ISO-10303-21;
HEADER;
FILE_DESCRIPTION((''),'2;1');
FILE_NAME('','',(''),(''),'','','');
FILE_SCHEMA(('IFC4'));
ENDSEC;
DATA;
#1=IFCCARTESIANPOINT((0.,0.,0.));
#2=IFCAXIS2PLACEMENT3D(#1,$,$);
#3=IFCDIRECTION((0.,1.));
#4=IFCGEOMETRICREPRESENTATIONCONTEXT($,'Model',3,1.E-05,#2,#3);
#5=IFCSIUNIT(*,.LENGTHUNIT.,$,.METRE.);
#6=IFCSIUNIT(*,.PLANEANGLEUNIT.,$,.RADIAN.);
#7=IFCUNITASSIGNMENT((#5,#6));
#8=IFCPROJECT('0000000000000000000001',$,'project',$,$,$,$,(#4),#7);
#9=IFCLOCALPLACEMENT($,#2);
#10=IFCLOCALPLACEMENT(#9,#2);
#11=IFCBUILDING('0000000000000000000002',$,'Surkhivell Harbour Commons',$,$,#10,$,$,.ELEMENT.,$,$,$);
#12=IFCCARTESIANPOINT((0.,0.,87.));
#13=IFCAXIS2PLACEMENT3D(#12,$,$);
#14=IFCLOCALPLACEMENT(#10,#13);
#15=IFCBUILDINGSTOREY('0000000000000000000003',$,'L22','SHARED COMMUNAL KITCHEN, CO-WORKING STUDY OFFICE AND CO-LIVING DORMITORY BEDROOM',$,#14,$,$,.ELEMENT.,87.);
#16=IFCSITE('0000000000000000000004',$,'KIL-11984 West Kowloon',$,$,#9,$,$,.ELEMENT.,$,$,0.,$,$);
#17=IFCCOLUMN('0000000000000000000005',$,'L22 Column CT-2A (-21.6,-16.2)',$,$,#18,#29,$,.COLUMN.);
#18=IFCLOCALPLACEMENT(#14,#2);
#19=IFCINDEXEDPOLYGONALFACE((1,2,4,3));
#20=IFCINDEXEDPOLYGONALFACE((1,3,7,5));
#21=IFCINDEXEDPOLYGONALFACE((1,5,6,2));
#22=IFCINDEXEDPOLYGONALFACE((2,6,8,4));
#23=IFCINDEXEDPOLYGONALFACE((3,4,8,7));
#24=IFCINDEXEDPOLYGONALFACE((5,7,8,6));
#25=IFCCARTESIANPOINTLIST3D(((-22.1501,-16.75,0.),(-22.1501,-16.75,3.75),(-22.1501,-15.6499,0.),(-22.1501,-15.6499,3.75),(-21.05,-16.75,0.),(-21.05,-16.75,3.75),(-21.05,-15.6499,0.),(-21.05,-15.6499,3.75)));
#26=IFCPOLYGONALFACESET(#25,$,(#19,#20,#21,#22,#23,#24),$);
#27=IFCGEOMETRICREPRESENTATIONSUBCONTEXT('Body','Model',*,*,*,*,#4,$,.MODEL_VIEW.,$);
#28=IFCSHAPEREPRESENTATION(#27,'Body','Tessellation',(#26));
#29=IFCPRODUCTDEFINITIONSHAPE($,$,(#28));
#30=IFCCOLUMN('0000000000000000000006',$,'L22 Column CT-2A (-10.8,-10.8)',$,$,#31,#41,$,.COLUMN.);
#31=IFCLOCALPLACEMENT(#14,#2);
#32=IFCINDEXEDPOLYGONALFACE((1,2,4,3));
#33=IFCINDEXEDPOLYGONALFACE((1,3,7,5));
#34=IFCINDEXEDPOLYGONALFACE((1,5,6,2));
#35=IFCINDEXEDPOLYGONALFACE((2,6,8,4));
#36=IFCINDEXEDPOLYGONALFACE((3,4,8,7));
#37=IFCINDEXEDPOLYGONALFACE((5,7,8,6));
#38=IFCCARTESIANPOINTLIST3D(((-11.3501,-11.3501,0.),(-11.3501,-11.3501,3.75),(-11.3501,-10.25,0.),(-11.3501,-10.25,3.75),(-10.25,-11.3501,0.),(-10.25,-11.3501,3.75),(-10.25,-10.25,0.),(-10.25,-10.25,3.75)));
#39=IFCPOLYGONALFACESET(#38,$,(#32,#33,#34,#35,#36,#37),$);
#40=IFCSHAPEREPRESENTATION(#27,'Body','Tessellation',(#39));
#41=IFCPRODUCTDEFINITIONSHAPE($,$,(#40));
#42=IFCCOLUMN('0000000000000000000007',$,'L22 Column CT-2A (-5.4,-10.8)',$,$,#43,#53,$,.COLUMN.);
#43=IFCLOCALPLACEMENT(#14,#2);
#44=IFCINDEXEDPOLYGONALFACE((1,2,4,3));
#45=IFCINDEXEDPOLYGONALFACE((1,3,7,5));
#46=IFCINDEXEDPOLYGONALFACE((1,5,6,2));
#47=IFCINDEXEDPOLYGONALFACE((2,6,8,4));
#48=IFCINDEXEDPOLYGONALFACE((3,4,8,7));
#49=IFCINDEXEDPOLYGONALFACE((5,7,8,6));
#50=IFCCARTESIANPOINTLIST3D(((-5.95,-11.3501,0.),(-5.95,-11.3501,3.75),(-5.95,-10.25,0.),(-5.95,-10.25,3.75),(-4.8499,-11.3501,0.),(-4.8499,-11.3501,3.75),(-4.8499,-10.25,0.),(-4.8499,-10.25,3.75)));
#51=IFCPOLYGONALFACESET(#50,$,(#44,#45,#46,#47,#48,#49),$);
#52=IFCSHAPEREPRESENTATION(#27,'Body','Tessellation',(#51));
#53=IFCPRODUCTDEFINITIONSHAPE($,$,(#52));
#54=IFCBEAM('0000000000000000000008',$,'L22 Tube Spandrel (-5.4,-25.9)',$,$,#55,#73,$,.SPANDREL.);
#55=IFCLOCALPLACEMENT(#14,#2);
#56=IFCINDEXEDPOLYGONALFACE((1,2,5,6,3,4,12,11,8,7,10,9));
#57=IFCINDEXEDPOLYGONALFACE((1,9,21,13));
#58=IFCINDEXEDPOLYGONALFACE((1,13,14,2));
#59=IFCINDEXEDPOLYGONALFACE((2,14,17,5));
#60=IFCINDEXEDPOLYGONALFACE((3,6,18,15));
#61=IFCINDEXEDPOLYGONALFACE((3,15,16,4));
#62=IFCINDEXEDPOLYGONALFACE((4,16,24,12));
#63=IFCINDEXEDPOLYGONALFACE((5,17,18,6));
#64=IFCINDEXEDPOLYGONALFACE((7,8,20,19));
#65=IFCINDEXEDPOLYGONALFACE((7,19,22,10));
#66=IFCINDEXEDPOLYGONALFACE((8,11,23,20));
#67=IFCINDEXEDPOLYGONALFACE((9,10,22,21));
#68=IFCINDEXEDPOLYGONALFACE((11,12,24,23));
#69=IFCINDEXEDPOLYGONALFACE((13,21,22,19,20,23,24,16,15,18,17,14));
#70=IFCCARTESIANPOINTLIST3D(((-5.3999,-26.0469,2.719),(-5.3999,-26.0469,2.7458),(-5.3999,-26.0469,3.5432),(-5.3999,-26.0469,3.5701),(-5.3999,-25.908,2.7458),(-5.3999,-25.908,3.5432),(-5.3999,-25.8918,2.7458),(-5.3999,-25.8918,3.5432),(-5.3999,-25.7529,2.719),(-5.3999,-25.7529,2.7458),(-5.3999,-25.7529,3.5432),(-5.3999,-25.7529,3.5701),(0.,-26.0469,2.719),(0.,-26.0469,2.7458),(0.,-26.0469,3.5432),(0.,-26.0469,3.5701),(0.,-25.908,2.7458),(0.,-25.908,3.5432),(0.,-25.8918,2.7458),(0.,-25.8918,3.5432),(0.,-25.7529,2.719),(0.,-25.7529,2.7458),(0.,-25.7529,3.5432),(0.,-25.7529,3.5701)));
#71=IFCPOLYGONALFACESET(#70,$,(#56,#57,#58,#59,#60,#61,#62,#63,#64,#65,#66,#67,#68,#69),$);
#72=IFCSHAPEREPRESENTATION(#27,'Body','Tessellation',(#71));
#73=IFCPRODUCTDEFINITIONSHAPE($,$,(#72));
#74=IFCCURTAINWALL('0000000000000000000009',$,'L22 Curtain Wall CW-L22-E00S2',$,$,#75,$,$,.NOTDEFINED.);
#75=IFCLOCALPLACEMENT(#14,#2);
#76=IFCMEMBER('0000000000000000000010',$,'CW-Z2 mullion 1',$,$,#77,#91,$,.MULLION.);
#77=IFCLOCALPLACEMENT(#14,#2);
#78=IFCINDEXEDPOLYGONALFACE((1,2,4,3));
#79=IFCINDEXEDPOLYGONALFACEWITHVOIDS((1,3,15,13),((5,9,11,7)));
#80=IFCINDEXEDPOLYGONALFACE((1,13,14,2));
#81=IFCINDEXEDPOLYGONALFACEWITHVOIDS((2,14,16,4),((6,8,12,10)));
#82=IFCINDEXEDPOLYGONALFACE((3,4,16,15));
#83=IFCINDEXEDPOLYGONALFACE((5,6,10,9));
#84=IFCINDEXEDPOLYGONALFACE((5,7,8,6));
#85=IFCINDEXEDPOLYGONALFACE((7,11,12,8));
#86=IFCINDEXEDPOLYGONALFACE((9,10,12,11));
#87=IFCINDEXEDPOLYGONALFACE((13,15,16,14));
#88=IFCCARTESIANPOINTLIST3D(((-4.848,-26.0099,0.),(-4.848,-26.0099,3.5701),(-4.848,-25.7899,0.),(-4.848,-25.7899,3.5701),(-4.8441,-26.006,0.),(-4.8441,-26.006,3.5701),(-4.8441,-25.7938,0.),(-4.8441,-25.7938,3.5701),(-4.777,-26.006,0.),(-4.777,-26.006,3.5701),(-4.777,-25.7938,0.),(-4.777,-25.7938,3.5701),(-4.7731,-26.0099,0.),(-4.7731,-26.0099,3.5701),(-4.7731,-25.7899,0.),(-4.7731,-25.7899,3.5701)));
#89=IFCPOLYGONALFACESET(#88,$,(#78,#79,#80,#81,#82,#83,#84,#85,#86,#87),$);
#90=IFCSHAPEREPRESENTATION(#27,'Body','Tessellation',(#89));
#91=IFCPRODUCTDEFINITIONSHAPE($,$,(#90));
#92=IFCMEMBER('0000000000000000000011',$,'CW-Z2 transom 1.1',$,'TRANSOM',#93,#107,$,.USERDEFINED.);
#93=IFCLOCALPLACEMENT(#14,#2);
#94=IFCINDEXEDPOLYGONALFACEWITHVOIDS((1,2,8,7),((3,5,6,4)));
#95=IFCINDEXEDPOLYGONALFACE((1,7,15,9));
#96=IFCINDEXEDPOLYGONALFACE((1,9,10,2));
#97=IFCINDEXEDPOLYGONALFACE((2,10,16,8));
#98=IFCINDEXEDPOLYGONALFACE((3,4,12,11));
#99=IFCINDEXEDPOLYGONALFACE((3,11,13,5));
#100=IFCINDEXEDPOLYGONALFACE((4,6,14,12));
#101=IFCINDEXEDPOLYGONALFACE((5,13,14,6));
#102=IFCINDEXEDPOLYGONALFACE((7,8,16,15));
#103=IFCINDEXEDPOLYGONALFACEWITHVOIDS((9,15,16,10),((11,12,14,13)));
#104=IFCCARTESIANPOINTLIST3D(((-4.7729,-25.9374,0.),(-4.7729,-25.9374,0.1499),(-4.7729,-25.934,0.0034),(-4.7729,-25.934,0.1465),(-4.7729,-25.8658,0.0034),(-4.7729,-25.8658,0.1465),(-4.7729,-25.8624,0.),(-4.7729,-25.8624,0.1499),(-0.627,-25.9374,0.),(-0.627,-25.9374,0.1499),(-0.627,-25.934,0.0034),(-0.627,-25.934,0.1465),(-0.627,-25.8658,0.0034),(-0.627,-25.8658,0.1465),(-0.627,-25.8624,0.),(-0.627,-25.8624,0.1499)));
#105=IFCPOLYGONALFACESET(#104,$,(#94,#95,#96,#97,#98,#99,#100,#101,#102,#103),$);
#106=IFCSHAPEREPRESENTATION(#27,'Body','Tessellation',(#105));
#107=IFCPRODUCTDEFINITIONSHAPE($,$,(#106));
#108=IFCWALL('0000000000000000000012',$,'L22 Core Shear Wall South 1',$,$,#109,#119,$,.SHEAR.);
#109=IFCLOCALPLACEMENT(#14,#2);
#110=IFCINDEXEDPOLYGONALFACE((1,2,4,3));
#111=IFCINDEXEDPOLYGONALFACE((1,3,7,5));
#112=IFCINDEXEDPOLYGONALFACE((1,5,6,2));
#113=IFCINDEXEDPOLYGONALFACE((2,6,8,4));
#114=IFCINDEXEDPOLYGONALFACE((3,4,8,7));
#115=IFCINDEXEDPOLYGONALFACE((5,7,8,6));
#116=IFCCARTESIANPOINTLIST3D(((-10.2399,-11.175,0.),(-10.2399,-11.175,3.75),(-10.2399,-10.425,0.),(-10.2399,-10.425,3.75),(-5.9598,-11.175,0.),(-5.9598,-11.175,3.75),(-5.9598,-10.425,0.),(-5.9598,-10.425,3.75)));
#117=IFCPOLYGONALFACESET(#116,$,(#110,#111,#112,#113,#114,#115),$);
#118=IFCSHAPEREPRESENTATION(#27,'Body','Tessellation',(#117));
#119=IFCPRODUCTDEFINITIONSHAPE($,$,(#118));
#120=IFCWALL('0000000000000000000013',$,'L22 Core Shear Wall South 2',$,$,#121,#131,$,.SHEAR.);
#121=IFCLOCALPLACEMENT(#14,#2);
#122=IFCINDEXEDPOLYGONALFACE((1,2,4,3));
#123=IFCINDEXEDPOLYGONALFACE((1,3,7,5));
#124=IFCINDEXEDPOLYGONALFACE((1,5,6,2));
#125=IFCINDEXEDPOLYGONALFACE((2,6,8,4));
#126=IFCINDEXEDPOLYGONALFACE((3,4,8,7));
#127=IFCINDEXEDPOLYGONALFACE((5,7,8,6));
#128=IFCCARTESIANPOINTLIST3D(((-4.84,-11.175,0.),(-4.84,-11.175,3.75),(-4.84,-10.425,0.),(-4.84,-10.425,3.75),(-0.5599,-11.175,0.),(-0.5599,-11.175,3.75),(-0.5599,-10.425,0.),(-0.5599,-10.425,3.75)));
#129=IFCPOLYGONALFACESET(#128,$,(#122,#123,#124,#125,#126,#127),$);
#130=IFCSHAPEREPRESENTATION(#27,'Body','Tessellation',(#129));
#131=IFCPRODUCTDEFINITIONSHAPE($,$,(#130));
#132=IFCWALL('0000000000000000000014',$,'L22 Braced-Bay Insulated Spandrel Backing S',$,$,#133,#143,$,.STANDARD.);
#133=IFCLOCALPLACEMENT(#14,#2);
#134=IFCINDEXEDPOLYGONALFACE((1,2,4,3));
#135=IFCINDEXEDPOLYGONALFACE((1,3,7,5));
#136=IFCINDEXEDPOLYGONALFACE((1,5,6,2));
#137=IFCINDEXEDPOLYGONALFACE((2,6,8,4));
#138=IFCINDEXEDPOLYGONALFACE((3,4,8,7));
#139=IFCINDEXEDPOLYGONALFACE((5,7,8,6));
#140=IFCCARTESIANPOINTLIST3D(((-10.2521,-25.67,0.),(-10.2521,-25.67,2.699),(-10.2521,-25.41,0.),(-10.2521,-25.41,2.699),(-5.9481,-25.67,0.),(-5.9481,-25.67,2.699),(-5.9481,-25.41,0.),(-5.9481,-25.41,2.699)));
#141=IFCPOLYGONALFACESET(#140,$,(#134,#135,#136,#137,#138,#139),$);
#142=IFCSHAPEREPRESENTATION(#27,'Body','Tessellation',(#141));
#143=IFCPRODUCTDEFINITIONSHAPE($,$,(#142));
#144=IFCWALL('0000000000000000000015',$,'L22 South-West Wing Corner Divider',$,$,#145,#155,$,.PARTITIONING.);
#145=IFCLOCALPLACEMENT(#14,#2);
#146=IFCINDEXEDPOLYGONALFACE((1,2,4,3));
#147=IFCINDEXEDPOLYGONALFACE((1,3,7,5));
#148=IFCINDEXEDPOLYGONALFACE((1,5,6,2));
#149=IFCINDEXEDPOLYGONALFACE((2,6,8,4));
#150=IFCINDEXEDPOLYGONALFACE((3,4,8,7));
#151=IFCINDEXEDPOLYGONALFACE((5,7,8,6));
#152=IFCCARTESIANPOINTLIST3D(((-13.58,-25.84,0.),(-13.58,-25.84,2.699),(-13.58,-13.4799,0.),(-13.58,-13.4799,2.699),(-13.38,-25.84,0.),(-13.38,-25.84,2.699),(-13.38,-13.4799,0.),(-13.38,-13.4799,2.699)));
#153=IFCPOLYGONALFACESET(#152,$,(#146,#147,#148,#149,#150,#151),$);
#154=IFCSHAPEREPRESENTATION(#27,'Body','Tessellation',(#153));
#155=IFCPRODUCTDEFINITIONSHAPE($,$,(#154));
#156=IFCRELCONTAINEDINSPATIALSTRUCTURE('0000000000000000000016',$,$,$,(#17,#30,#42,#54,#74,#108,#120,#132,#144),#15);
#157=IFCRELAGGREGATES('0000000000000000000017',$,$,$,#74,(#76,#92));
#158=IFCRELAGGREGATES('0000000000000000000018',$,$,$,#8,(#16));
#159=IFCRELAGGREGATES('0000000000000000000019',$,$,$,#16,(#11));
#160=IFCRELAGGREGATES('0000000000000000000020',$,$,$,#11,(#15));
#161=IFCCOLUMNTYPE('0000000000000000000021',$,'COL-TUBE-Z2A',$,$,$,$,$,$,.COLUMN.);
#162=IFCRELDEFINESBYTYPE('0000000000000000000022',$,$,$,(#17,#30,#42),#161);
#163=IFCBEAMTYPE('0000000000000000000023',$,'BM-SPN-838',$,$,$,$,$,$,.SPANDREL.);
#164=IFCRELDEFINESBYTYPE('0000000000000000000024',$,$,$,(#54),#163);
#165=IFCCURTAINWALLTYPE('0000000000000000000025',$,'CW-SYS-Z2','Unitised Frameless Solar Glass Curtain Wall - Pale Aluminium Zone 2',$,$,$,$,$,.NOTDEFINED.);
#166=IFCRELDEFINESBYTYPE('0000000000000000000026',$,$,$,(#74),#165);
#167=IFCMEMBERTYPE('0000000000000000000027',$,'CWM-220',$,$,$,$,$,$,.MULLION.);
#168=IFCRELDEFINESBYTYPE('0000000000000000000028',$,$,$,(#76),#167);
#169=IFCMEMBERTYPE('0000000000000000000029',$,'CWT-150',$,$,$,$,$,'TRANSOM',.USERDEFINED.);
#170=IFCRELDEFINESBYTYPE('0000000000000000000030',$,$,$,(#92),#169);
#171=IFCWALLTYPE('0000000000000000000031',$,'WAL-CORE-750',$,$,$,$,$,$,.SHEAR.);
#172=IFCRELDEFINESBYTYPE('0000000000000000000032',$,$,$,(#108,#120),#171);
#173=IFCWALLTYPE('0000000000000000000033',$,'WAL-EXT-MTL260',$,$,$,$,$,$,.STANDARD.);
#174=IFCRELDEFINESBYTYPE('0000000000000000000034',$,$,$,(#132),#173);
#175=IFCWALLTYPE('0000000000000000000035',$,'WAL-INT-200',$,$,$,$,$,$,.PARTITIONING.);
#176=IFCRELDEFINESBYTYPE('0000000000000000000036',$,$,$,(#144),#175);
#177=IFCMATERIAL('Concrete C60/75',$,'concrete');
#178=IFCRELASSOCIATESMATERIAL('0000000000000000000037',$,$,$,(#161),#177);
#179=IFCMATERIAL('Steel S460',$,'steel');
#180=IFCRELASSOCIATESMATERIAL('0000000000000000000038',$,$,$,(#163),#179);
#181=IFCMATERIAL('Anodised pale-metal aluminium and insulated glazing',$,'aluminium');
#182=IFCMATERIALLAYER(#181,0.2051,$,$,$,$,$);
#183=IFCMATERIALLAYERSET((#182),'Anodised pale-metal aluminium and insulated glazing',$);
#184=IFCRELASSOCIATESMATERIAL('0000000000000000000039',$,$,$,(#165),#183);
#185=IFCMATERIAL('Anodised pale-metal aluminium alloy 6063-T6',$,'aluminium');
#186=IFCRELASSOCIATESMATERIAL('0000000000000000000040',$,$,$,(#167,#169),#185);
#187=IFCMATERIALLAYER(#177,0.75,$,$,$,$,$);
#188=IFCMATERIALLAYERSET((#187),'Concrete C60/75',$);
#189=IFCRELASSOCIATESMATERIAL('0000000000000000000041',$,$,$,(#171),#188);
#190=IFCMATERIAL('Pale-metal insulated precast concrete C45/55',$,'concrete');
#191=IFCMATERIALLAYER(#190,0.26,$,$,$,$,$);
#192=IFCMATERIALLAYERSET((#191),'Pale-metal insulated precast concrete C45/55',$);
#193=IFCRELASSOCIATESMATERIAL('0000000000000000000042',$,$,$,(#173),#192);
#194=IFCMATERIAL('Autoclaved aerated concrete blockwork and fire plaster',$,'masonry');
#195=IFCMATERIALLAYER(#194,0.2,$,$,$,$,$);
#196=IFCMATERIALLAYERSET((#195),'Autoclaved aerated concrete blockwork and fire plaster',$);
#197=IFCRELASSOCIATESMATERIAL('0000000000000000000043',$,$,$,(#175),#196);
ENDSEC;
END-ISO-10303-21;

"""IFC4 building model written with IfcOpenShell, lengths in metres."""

from ifc_helpers import new_model, si_unit, direction, frame, frame_2d, origin, origin_2d, place, context, subcontext, project, spatial, rectangle, hollow_rectangle, i_section, extrude, material, layer, layer_set, material_profile, profile_set, type_object, element, aggregate, save


model = new_model("IFC4")

# Units and contexts
model_context = context("Model", 3, precision=1e-05, world=origin(), true_north=direction((0.0, 1.0)))
body_context = subcontext(model_context, "Body", "Model", "MODEL_VIEW")
ifc_project = project(units=[si_unit("LENGTHUNIT", "METRE"), si_unit("PLANEANGLEUNIT", "RADIAN")], contexts=[model_context])

# Site, building, storey
site_placement = place(None, origin())
site = spatial("IfcSite", under=ifc_project, at=site_placement, Name="KIL-11984 West Kowloon", CompositionType="ELEMENT", RefElevation=0.0)
building_placement = place(site_placement, origin())
building = spatial("IfcBuilding", under=site, at=building_placement, Name="Surkhivell Harbour Commons", CompositionType="ELEMENT")
storey_placement = place(building_placement, frame((0.0, 0.0, 87.0)))
storey = spatial("IfcBuildingStorey", under=building, at=storey_placement, Name="L22", Description="SHARED COMMUNAL KITCHEN, CO-WORKING STUDY OFFICE AND CO-LIVING DORMITORY BEDROOM", CompositionType="ELEMENT", Elevation=87.0)

# Columns
ifc_material_1 = material(Name="Concrete C60/75", Category="concrete")
ifc_material_profile_1 = material_profile(ifc_material_1, rectangle(XDim=1.1001, YDim=1.1001, at=origin_2d()), Name="RC-COL-1100x1100")
ifc_profile_set_1 = profile_set([ifc_material_profile_1], Name="Concrete C60/75")
column_type = type_object("IfcColumnType", Name="COL-TUBE-Z2A", PredefinedType="COLUMN", material=ifc_profile_set_1)
for number, where, z_axis, x_axis, name in (
    (1, (-21.6001, -16.2, 0.0), (0.0, 0.0, 1.0), (1.0, 0.0, 0.0), "L22 Column CT-2A (-21.6,-16.2)"),
    (2, (-10.8, -10.8, 0.0), (0.0, 0.0, 1.0), (1.0, 0.0, 0.0), "L22 Column CT-2A (-10.8,-10.8)"),
    (3, (-5.3999, -10.8, 0.0), (0.0, 0.0, 1.0), (1.0, 0.0, 0.0), "L22 Column CT-2A (-5.4,-10.8)"),
):
    element("IfcColumn", number, at=place(storey_placement, frame(where, z_axis=z_axis, x_axis=x_axis)), inside=storey, type_object=column_type, Name=name, PredefinedType="COLUMN", context=body_context, shape_type="SweptSolid", body=[
        extrude(rectangle(XDim=1.1001, YDim=1.1001, at=origin_2d()), origin(), (0.0, 0.0, 1.0), 3.75),
    ])

# Beam
ifc_material_2 = material(Name="Steel S460", Category="steel")
ifc_material_profile_2 = material_profile(ifc_material_2, i_section(OverallWidth=0.2939, OverallDepth=0.8511, WebThickness=0.0161, FlangeThickness=0.0269, at=origin_2d()), Name="UB838x292x226")
ifc_profile_set_2 = profile_set([ifc_material_profile_2], Name="Steel S460")
beam_type = type_object("IfcBeamType", Name="BM-SPN-838", PredefinedType="SPANDREL", material=ifc_profile_set_2)
beam_placement = place(storey_placement, frame((-5.3999, -25.8999, 3.1445), z_axis=(1.0, 0.0, 0.0), x_axis=(0.0, 1.0, 0.0)))
element("IfcBeam", 4, at=beam_placement, inside=storey, type_object=beam_type, Name="L22 Tube Spandrel (-5.4,-25.9)", PredefinedType="SPANDREL", context=body_context, shape_type="SweptSolid", body=[
    extrude(i_section(OverallWidth=0.2939, OverallDepth=0.8511, WebThickness=0.0161, FlangeThickness=0.0269, at=origin_2d()), origin(), (0.0, 0.0, 1.0), 5.3999),
])

# Curtain wall, members
ifc_material_3 = material(Name="Anodised pale-metal aluminium and insulated glazing", Category="aluminium")
ifc_layer_1 = layer(ifc_material_3, 0.2051)
ifc_layer_set_1 = layer_set([ifc_layer_1], Name="Anodised pale-metal aluminium and insulated glazing")
curtain_wall_type = type_object("IfcCurtainWallType", Name="CW-SYS-Z2", Description="Unitised Frameless Solar Glass Curtain Wall - Pale Aluminium Zone 2", PredefinedType="NOTDEFINED", material=ifc_layer_set_1)
curtain_wall_placement = place(storey_placement, origin())
curtain_wall = element("IfcCurtainWall", 5, at=curtain_wall_placement, inside=storey, type_object=curtain_wall_type, Name="L22 Curtain Wall CW-L22-E00S2", PredefinedType="NOTDEFINED")
ifc_material_4 = material(Name="Anodised pale-metal aluminium alloy 6063-T6", Category="aluminium")
ifc_material_profile_3 = material_profile(ifc_material_4, hollow_rectangle(XDim=0.075, YDim=0.22, WallThickness=0.0039, at=origin_2d()), Name="ALU-MULL-75x220")
ifc_profile_set_3 = profile_set([ifc_material_profile_3], Name="Anodised pale-metal aluminium alloy 6063-T6")
member_type_1 = type_object("IfcMemberType", Name="CWM-220", PredefinedType="MULLION", material=ifc_profile_set_3)
member_1_placement = place(storey_placement, frame((-4.8105, -25.8999, 0.0), z_axis=(0.0, 0.0, 1.0), x_axis=(1.0, 0.0, 0.0)))
member_1 = element("IfcMember", 6, at=member_1_placement, type_object=member_type_1, Name="CW-Z2 mullion 1", PredefinedType="MULLION", context=body_context, shape_type="SweptSolid", body=[
    extrude(hollow_rectangle(XDim=0.075, YDim=0.22, WallThickness=0.0039, at=origin_2d()), origin(), (0.0, 0.0, 1.0), 3.5701),
])
ifc_material_profile_4 = material_profile(ifc_material_4, hollow_rectangle(XDim=0.075, YDim=0.1499, WallThickness=0.0034, at=origin_2d()), Name="ALU-TRAN-75x150")
ifc_profile_set_4 = profile_set([ifc_material_profile_4], Name="Anodised pale-metal aluminium alloy 6063-T6")
member_type_2 = type_object("IfcMemberType", Name="CWT-150", ElementType="TRANSOM", PredefinedType="USERDEFINED", material=ifc_profile_set_4)
member_2_placement = place(storey_placement, frame((-4.7729, -25.8999, 0.075), z_axis=(1.0, 0.0, 0.0), x_axis=(0.0, 1.0, 0.0)))
member_2 = element("IfcMember", 7, at=member_2_placement, type_object=member_type_2, Name="CW-Z2 transom 1.1", ObjectType="TRANSOM", PredefinedType="USERDEFINED", context=body_context, shape_type="SweptSolid", body=[
    extrude(hollow_rectangle(XDim=0.075, YDim=0.1499, WallThickness=0.0034, at=origin_2d()), origin(), (0.0, 0.0, 1.0), 4.146),
])
aggregate(curtain_wall, [member_1, member_2])

# Walls
ifc_layer_2 = layer(ifc_material_1, 0.75)
ifc_layer_set_2 = layer_set([ifc_layer_2], Name="Concrete C60/75")
wall_type_1 = type_object("IfcWallType", Name="WAL-CORE-750", PredefinedType="SHEAR", material=ifc_layer_set_2)
for number, where, z_axis, x_axis, name in (
    (8, (-10.24, -10.8, 0.0), (0.0, 0.0, 1.0), (1.0, 0.0, 0.0), "L22 Core Shear Wall South 1"),
    (9, (-4.8401, -10.8, 0.0), (0.0, 0.0, 1.0), (1.0, 0.0, 0.0), "L22 Core Shear Wall South 2"),
):
    element("IfcWall", number, at=place(storey_placement, frame(where, z_axis=z_axis, x_axis=x_axis)), inside=storey, type_object=wall_type_1, Name=name, PredefinedType="SHEAR", context=body_context, shape_type="SweptSolid", body=[
        extrude(rectangle(XDim=4.28, YDim=0.75, at=frame_2d((2.1401, 0.0))), origin(), (0.0, 0.0, 1.0), 3.75),
    ])
ifc_material_5 = material(Name="Pale-metal insulated precast concrete C45/55", Category="concrete")
ifc_layer_3 = layer(ifc_material_5, 0.26)
ifc_layer_set_3 = layer_set([ifc_layer_3], Name="Pale-metal insulated precast concrete C45/55")
wall_type_2 = type_object("IfcWallType", Name="WAL-EXT-MTL260", PredefinedType="STANDARD", material=ifc_layer_set_3)
wall_1_placement = place(storey_placement, frame((-10.252, -25.54, 0.0), z_axis=(0.0, 0.0, 1.0), x_axis=(1.0, 0.0, 0.0)))
element("IfcWall", 10, at=wall_1_placement, inside=storey, type_object=wall_type_2, Name="L22 Braced-Bay Insulated Spandrel Backing S", PredefinedType="STANDARD", context=body_context, shape_type="SweptSolid", body=[
    extrude(rectangle(XDim=4.304, YDim=0.26, at=frame_2d((2.1519, 0.0))), origin(), (0.0, 0.0, 1.0), 2.699),
])
ifc_material_6 = material(Name="Autoclaved aerated concrete blockwork and fire plaster", Category="masonry")
ifc_layer_4 = layer(ifc_material_6, 0.2)
ifc_layer_set_4 = layer_set([ifc_layer_4], Name="Autoclaved aerated concrete blockwork and fire plaster")
wall_type_3 = type_object("IfcWallType", Name="WAL-INT-200", PredefinedType="PARTITIONING", material=ifc_layer_set_4)
wall_2_placement = place(storey_placement, frame((-13.48, -25.8401, 0.0), z_axis=(0.0, 0.0, 1.0), x_axis=(0.0, 1.0, 0.0)))
element("IfcWall", 11, at=wall_2_placement, inside=storey, type_object=wall_type_3, Name="L22 South-West Wing Corner Divider", PredefinedType="PARTITIONING", context=body_context, shape_type="SweptSolid", body=[
    extrude(rectangle(XDim=12.3601, YDim=0.2, at=frame_2d((6.1802, 0.0))), origin(), (0.0, 0.0, 1.0), 2.699),
])

save(model, "model.ifc")
